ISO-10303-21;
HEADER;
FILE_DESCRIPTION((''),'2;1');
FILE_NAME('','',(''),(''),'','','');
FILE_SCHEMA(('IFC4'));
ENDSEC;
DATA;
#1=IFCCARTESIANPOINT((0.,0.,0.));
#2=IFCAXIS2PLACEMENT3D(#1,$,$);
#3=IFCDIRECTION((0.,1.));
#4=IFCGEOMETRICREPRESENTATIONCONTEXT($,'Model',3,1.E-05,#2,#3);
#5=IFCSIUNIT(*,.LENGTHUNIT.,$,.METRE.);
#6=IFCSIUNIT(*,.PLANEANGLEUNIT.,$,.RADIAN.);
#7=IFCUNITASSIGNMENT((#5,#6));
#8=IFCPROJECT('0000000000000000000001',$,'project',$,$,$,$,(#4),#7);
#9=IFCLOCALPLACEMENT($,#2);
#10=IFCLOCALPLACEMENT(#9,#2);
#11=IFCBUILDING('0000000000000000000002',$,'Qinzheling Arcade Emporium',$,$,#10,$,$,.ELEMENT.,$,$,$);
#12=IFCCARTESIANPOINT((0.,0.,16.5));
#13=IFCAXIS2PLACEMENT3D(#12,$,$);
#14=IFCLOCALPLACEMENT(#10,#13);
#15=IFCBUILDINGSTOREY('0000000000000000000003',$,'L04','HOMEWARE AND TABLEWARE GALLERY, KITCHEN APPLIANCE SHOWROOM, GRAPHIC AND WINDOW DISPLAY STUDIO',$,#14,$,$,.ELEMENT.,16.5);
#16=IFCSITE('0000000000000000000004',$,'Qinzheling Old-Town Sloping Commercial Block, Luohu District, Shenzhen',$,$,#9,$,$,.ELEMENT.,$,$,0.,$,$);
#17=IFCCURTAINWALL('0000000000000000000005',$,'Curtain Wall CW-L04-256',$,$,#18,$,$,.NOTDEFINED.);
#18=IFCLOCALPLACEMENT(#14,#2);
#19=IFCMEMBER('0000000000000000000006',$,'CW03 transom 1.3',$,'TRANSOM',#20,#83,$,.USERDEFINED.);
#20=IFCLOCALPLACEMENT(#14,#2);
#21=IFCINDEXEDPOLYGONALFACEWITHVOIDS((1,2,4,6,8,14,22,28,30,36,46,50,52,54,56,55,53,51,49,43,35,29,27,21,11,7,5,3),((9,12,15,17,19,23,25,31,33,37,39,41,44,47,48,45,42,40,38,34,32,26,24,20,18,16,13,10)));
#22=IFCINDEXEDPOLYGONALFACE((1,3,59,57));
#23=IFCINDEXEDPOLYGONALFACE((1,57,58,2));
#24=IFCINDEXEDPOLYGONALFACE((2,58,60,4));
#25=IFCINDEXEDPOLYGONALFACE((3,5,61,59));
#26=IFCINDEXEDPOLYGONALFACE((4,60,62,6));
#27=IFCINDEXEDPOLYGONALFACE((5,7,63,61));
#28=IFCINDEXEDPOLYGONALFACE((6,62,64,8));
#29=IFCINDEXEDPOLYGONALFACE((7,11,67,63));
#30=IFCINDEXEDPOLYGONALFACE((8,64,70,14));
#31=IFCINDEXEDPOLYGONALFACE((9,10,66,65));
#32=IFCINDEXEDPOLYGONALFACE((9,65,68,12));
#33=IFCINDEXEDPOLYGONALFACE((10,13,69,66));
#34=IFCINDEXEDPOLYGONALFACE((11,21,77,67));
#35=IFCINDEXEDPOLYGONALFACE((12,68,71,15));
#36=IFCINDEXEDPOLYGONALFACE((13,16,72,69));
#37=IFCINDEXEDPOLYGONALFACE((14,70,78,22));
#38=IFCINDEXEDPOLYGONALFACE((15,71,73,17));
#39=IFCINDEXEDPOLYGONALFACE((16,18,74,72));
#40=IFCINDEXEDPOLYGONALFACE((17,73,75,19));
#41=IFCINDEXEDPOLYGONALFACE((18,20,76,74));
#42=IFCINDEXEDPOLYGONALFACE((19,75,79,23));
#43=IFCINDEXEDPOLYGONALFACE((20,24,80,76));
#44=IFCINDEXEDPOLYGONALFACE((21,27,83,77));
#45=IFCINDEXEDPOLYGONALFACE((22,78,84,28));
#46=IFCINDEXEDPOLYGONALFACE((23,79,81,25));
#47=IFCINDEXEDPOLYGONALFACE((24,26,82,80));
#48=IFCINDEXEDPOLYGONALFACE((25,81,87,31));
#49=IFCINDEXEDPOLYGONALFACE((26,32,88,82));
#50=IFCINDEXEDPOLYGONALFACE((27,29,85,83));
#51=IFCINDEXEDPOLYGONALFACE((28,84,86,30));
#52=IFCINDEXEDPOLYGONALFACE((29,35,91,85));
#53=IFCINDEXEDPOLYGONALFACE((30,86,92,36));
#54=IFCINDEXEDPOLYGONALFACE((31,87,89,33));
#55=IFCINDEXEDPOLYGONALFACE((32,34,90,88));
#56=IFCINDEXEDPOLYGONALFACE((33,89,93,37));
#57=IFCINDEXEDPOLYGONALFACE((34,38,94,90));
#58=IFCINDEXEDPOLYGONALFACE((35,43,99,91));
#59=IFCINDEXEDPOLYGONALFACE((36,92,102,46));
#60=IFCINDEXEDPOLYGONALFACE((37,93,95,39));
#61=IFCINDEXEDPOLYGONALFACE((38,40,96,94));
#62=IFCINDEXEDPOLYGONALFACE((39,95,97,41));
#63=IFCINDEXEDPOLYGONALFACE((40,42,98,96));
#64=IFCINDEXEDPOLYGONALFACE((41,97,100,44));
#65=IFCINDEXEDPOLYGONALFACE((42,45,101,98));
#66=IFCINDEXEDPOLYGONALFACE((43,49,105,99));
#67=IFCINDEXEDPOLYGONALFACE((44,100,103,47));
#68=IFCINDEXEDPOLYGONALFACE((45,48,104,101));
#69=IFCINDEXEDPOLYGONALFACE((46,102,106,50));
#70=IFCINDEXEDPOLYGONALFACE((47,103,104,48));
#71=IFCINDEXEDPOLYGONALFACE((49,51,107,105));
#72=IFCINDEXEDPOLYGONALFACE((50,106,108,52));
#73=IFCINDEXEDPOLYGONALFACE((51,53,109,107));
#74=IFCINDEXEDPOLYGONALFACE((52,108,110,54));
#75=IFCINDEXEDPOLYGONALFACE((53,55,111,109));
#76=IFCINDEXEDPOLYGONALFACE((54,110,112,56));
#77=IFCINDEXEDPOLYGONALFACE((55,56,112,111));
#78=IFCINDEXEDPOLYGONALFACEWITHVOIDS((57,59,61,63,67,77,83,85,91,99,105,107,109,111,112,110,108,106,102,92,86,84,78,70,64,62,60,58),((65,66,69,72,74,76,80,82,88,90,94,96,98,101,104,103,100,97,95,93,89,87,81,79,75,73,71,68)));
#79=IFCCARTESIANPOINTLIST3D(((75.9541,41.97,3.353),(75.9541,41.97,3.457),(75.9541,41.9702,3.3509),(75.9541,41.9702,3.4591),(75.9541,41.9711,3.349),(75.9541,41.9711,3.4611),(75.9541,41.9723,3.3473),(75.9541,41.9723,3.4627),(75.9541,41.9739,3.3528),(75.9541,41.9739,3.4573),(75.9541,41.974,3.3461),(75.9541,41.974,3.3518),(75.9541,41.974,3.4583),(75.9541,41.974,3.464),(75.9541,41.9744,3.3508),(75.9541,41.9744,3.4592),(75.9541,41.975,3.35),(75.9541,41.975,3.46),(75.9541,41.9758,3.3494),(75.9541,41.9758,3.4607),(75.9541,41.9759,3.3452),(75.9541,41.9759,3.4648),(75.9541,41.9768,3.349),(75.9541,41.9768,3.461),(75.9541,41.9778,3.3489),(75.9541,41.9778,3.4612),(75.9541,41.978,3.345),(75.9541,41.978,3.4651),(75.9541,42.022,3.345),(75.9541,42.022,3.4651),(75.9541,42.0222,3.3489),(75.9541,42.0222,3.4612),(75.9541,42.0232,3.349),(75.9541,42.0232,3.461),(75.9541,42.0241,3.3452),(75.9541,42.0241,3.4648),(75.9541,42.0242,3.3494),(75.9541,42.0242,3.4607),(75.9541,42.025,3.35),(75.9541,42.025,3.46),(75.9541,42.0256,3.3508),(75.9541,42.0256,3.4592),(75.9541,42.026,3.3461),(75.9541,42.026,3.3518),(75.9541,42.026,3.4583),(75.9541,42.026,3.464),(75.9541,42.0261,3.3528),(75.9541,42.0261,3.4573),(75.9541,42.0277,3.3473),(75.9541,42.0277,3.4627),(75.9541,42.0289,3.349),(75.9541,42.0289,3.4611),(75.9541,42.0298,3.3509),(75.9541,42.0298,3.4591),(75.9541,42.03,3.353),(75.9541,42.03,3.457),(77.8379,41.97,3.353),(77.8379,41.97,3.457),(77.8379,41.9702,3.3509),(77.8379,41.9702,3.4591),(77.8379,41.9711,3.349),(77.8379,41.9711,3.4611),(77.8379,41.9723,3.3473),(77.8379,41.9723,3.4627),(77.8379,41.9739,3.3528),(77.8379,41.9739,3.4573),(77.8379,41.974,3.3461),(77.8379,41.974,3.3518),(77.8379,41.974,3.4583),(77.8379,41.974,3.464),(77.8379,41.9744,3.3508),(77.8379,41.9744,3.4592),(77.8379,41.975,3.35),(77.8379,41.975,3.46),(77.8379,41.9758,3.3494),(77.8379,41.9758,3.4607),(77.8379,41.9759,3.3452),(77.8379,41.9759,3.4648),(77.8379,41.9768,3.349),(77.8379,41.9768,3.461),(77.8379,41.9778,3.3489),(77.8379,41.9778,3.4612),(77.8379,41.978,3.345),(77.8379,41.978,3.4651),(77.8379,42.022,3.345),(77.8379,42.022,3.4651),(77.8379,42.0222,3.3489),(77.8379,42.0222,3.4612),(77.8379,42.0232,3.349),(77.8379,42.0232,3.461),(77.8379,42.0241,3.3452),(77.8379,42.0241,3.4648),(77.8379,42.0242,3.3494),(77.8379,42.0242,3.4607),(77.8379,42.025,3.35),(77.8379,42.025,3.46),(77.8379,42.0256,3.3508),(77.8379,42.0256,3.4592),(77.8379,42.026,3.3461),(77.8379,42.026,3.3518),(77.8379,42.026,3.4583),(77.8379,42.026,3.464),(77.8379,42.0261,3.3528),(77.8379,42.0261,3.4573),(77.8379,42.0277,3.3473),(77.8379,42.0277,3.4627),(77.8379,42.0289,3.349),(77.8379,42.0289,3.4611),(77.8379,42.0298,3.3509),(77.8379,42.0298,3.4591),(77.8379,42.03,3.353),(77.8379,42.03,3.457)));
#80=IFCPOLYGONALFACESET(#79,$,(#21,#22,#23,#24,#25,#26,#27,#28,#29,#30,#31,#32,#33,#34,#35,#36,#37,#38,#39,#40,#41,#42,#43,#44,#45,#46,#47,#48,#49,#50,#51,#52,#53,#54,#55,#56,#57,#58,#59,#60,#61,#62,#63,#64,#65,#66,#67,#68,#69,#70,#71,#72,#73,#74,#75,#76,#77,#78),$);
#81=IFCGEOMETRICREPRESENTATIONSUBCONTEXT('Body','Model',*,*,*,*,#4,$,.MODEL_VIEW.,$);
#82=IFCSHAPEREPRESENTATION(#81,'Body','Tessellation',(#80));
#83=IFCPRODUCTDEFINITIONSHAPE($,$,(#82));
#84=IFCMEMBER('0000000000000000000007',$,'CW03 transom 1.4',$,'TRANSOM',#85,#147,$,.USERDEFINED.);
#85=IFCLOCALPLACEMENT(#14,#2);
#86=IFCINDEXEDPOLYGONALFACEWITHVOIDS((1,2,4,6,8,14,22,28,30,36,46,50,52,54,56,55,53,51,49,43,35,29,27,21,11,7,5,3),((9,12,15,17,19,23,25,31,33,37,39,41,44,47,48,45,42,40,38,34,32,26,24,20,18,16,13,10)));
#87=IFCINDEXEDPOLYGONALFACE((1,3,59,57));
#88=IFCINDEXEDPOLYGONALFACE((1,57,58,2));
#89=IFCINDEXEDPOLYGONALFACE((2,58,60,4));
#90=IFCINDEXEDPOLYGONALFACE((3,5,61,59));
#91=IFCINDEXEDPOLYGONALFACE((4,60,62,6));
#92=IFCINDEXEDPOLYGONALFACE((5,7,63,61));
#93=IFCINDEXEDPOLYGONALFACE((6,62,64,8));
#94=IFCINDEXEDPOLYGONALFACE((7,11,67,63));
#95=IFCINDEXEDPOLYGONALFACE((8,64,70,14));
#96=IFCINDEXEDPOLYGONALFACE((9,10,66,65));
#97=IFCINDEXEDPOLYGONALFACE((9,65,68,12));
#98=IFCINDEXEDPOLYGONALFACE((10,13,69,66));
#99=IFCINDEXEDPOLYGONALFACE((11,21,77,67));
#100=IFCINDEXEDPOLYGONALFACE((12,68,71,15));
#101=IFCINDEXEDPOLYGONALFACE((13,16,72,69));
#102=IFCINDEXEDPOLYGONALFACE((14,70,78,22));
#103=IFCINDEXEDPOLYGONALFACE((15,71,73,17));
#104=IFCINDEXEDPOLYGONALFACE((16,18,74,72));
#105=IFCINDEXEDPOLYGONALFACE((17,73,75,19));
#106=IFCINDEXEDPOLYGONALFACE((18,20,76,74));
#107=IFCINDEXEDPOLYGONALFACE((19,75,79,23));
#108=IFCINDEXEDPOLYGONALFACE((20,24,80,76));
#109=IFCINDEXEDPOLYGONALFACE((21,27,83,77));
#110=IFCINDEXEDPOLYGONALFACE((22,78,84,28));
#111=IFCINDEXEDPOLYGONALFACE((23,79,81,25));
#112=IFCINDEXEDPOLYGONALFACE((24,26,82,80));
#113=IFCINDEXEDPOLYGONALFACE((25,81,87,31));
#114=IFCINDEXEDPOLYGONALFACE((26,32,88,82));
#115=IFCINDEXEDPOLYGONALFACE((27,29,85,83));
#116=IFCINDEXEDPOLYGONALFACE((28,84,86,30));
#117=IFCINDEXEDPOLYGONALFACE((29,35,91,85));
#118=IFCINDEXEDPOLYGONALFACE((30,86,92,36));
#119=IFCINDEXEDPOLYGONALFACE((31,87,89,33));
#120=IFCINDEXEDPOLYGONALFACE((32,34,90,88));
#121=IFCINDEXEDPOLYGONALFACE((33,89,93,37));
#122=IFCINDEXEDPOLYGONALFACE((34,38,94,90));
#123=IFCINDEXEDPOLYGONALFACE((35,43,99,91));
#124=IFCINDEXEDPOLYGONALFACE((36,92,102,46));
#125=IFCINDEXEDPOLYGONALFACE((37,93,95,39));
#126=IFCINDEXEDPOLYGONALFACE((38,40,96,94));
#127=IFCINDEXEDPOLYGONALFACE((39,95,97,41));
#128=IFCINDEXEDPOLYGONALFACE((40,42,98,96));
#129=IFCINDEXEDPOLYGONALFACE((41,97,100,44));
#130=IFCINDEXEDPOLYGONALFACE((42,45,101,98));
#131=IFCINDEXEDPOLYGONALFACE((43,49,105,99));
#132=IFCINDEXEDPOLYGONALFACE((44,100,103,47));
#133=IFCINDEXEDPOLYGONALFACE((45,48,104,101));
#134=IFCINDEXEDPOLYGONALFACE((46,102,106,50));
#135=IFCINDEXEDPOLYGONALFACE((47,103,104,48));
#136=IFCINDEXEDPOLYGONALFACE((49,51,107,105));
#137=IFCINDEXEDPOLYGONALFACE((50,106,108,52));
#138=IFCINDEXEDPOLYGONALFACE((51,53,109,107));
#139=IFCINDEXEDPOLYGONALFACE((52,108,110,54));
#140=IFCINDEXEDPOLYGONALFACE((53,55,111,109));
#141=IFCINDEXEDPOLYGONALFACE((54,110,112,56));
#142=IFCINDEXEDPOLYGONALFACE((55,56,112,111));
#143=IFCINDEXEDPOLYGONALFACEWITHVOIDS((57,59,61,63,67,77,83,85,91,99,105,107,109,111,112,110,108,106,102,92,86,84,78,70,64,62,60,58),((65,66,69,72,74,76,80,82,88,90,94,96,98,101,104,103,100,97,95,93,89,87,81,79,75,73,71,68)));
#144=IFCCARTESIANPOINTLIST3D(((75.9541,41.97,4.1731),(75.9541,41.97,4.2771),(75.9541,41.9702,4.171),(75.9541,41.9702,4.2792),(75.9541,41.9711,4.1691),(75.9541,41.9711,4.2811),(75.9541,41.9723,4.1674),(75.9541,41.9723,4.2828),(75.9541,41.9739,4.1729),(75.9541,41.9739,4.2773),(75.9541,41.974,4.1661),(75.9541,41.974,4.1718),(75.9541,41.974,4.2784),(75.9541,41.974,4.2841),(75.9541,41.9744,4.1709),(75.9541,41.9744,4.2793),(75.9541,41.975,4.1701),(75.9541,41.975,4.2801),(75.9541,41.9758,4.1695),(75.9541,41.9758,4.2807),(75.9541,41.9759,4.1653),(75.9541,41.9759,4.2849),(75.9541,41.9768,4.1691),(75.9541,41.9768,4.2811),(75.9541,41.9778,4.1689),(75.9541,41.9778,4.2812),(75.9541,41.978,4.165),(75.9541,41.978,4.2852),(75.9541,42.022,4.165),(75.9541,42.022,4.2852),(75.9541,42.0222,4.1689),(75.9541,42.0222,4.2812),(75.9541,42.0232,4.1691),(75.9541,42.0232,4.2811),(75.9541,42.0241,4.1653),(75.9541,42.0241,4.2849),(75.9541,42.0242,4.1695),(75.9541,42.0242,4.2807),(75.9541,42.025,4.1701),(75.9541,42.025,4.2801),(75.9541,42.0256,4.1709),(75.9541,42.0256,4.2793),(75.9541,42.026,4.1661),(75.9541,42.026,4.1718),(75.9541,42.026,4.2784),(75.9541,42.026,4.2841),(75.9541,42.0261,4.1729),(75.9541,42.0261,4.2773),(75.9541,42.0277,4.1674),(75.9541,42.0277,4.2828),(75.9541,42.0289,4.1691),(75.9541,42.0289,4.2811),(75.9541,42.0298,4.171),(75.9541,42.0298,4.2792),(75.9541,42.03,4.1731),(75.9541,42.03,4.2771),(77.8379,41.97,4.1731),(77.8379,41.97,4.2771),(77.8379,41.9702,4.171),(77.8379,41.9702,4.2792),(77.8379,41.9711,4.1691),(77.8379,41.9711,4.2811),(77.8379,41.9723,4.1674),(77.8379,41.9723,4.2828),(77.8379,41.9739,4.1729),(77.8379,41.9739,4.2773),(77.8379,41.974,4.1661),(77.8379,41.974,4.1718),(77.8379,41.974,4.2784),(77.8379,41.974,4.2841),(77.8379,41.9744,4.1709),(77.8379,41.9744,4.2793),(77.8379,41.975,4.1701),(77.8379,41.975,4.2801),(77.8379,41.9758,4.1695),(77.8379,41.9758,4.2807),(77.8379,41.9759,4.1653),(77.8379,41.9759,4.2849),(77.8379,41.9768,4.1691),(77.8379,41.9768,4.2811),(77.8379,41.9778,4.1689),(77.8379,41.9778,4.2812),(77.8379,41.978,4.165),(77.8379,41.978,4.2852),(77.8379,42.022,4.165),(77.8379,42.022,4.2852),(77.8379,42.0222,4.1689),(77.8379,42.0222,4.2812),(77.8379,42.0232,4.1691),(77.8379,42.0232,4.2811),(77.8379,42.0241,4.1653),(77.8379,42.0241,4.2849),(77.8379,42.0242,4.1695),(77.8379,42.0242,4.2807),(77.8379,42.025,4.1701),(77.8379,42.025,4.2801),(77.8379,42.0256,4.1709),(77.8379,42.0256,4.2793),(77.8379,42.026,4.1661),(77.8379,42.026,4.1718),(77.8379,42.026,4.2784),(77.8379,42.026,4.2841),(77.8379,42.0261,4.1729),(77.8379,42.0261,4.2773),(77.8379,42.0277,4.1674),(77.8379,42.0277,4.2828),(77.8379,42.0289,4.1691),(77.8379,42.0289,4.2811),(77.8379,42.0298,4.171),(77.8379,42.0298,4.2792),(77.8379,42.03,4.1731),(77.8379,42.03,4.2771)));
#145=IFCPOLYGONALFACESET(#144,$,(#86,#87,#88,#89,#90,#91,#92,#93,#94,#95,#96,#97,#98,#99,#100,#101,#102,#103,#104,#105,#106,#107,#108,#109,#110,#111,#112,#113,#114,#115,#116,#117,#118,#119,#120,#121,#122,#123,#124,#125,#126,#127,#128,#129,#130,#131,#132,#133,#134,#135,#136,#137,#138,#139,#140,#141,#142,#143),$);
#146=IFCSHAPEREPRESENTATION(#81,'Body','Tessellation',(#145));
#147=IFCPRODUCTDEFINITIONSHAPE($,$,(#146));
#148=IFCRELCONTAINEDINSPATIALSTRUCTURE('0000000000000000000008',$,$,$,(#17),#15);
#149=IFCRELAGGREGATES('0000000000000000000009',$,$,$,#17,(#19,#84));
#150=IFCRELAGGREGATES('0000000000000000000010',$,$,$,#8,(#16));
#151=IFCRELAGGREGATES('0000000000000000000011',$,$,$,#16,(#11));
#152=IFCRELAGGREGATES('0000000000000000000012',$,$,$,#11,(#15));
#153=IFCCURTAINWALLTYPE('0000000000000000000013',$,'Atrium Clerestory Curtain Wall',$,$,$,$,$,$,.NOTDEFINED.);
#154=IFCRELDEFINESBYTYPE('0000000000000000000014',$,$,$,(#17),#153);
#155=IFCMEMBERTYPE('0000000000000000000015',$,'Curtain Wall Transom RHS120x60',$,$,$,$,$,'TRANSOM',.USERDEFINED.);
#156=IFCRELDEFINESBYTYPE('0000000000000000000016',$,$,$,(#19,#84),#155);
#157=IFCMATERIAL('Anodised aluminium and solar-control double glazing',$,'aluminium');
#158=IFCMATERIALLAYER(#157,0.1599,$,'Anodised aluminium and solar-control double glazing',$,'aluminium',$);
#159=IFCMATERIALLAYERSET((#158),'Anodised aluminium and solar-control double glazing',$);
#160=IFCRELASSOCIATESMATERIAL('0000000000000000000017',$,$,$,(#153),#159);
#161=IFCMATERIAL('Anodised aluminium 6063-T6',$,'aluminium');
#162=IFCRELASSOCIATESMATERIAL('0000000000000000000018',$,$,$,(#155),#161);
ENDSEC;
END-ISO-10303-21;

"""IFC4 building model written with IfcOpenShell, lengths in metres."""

from ifc_helpers import new_model, si_unit, direction, frame, origin, origin_2d, place, context, subcontext, project, spatial, hollow_rectangle, extrude, material, layer, layer_set, material_profile, profile_set, type_object, element, aggregate, save


model = new_model("IFC4")

# Units and contexts
model_context = context("Model", 3, precision=1e-05, world=origin(), true_north=direction((0.0, 1.0)))
body_context = subcontext(model_context, "Body", "Model", "MODEL_VIEW")
ifc_project = project(units=[si_unit("LENGTHUNIT", "METRE"), si_unit("PLANEANGLEUNIT", "RADIAN")], contexts=[model_context])

# Site, building, storey
site_placement = place(None, origin())
site = spatial("IfcSite", under=ifc_project, at=site_placement, Name="Qinzheling Old-Town Sloping Commercial Block, Luohu District, Shenzhen", CompositionType="ELEMENT", RefElevation=0.0)
building_placement = place(site_placement, origin())
building = spatial("IfcBuilding", under=site, at=building_placement, Name="Qinzheling Arcade Emporium", CompositionType="ELEMENT")
storey_placement = place(building_placement, frame((0.0, 0.0, 16.5)))
storey = spatial("IfcBuildingStorey", under=building, at=storey_placement, Name="L04", Description="HOMEWARE AND TABLEWARE GALLERY, KITCHEN APPLIANCE SHOWROOM, GRAPHIC AND WINDOW DISPLAY STUDIO", CompositionType="ELEMENT", Elevation=16.5)

# Curtain wall
ifc_material_1 = material(Name="Anodised aluminium and solar-control double glazing", Category="aluminium")
ifc_layer_1 = layer(ifc_material_1, 0.1599, Name="Anodised aluminium and solar-control double glazing", Category="aluminium")
ifc_layer_set_1 = layer_set([ifc_layer_1], Name="Anodised aluminium and solar-control double glazing")
curtain_wall_type = type_object("IfcCurtainWallType", Name="Atrium Clerestory Curtain Wall", PredefinedType="NOTDEFINED", material=ifc_layer_set_1)
ifc_material_2 = material(Name="Anodised aluminium 6063-T6", Category="aluminium")
curtain_wall_1_placement = place(storey_placement, origin())
curtain_wall_1 = element("IfcCurtainWall", 1, at=curtain_wall_1_placement, inside=storey, type_object=curtain_wall_type, Name="Curtain Wall CW-L04-256", PredefinedType="NOTDEFINED")

# Members
ifc_material_profile_1 = material_profile(ifc_material_2, hollow_rectangle(XDim=0.0601, YDim=0.1201, WallThickness=0.0039, InnerFilletRadius=0.0039, OuterFilletRadius=0.0081, at=origin_2d()), Name="RHS 120x60x4", Category="aluminium")
ifc_profile_set_1 = profile_set([ifc_material_profile_1], Name="Anodised aluminium 6063-T6")
member_type_1 = type_object("IfcMemberType", Name="Curtain Wall Transom RHS120x60", ElementType="TRANSOM", PredefinedType="USERDEFINED", material=ifc_profile_set_1)
member_1_placement = place(storey_placement, frame((77.8379, 42.0, 3.405), z_axis=(-1.0, 0.0, 0.0), x_axis=(0.0, -1.0, 0.0)))
member_1 = element("IfcMember", 2, at=member_1_placement, type_object=member_type_1, Name="CW03 transom 1.3", ObjectType="TRANSOM", PredefinedType="USERDEFINED", context=body_context, shape_type="SweptSolid", body=[
    extrude(hollow_rectangle(XDim=0.0601, YDim=0.1201, WallThickness=0.0039, InnerFilletRadius=0.0039, OuterFilletRadius=0.0081, at=origin_2d()), origin(), (0.0, 0.0, 1.0), 1.8838),
])
member_2_placement = place(storey_placement, frame((77.8379, 42.0, 4.2251), z_axis=(-1.0, 0.0, 0.0), x_axis=(0.0, -1.0, 0.0)))
member_2 = element("IfcMember", 3, at=member_2_placement, type_object=member_type_1, Name="CW03 transom 1.4", ObjectType="TRANSOM", PredefinedType="USERDEFINED", context=body_context, shape_type="SweptSolid", body=[
    extrude(hollow_rectangle(XDim=0.0601, YDim=0.1201, WallThickness=0.0039, InnerFilletRadius=0.0039, OuterFilletRadius=0.0081, at=origin_2d()), origin(), (0.0, 0.0, 1.0), 1.8838),
])

aggregate(curtain_wall_1, [member_1, member_2])

save(model, "model.ifc")
